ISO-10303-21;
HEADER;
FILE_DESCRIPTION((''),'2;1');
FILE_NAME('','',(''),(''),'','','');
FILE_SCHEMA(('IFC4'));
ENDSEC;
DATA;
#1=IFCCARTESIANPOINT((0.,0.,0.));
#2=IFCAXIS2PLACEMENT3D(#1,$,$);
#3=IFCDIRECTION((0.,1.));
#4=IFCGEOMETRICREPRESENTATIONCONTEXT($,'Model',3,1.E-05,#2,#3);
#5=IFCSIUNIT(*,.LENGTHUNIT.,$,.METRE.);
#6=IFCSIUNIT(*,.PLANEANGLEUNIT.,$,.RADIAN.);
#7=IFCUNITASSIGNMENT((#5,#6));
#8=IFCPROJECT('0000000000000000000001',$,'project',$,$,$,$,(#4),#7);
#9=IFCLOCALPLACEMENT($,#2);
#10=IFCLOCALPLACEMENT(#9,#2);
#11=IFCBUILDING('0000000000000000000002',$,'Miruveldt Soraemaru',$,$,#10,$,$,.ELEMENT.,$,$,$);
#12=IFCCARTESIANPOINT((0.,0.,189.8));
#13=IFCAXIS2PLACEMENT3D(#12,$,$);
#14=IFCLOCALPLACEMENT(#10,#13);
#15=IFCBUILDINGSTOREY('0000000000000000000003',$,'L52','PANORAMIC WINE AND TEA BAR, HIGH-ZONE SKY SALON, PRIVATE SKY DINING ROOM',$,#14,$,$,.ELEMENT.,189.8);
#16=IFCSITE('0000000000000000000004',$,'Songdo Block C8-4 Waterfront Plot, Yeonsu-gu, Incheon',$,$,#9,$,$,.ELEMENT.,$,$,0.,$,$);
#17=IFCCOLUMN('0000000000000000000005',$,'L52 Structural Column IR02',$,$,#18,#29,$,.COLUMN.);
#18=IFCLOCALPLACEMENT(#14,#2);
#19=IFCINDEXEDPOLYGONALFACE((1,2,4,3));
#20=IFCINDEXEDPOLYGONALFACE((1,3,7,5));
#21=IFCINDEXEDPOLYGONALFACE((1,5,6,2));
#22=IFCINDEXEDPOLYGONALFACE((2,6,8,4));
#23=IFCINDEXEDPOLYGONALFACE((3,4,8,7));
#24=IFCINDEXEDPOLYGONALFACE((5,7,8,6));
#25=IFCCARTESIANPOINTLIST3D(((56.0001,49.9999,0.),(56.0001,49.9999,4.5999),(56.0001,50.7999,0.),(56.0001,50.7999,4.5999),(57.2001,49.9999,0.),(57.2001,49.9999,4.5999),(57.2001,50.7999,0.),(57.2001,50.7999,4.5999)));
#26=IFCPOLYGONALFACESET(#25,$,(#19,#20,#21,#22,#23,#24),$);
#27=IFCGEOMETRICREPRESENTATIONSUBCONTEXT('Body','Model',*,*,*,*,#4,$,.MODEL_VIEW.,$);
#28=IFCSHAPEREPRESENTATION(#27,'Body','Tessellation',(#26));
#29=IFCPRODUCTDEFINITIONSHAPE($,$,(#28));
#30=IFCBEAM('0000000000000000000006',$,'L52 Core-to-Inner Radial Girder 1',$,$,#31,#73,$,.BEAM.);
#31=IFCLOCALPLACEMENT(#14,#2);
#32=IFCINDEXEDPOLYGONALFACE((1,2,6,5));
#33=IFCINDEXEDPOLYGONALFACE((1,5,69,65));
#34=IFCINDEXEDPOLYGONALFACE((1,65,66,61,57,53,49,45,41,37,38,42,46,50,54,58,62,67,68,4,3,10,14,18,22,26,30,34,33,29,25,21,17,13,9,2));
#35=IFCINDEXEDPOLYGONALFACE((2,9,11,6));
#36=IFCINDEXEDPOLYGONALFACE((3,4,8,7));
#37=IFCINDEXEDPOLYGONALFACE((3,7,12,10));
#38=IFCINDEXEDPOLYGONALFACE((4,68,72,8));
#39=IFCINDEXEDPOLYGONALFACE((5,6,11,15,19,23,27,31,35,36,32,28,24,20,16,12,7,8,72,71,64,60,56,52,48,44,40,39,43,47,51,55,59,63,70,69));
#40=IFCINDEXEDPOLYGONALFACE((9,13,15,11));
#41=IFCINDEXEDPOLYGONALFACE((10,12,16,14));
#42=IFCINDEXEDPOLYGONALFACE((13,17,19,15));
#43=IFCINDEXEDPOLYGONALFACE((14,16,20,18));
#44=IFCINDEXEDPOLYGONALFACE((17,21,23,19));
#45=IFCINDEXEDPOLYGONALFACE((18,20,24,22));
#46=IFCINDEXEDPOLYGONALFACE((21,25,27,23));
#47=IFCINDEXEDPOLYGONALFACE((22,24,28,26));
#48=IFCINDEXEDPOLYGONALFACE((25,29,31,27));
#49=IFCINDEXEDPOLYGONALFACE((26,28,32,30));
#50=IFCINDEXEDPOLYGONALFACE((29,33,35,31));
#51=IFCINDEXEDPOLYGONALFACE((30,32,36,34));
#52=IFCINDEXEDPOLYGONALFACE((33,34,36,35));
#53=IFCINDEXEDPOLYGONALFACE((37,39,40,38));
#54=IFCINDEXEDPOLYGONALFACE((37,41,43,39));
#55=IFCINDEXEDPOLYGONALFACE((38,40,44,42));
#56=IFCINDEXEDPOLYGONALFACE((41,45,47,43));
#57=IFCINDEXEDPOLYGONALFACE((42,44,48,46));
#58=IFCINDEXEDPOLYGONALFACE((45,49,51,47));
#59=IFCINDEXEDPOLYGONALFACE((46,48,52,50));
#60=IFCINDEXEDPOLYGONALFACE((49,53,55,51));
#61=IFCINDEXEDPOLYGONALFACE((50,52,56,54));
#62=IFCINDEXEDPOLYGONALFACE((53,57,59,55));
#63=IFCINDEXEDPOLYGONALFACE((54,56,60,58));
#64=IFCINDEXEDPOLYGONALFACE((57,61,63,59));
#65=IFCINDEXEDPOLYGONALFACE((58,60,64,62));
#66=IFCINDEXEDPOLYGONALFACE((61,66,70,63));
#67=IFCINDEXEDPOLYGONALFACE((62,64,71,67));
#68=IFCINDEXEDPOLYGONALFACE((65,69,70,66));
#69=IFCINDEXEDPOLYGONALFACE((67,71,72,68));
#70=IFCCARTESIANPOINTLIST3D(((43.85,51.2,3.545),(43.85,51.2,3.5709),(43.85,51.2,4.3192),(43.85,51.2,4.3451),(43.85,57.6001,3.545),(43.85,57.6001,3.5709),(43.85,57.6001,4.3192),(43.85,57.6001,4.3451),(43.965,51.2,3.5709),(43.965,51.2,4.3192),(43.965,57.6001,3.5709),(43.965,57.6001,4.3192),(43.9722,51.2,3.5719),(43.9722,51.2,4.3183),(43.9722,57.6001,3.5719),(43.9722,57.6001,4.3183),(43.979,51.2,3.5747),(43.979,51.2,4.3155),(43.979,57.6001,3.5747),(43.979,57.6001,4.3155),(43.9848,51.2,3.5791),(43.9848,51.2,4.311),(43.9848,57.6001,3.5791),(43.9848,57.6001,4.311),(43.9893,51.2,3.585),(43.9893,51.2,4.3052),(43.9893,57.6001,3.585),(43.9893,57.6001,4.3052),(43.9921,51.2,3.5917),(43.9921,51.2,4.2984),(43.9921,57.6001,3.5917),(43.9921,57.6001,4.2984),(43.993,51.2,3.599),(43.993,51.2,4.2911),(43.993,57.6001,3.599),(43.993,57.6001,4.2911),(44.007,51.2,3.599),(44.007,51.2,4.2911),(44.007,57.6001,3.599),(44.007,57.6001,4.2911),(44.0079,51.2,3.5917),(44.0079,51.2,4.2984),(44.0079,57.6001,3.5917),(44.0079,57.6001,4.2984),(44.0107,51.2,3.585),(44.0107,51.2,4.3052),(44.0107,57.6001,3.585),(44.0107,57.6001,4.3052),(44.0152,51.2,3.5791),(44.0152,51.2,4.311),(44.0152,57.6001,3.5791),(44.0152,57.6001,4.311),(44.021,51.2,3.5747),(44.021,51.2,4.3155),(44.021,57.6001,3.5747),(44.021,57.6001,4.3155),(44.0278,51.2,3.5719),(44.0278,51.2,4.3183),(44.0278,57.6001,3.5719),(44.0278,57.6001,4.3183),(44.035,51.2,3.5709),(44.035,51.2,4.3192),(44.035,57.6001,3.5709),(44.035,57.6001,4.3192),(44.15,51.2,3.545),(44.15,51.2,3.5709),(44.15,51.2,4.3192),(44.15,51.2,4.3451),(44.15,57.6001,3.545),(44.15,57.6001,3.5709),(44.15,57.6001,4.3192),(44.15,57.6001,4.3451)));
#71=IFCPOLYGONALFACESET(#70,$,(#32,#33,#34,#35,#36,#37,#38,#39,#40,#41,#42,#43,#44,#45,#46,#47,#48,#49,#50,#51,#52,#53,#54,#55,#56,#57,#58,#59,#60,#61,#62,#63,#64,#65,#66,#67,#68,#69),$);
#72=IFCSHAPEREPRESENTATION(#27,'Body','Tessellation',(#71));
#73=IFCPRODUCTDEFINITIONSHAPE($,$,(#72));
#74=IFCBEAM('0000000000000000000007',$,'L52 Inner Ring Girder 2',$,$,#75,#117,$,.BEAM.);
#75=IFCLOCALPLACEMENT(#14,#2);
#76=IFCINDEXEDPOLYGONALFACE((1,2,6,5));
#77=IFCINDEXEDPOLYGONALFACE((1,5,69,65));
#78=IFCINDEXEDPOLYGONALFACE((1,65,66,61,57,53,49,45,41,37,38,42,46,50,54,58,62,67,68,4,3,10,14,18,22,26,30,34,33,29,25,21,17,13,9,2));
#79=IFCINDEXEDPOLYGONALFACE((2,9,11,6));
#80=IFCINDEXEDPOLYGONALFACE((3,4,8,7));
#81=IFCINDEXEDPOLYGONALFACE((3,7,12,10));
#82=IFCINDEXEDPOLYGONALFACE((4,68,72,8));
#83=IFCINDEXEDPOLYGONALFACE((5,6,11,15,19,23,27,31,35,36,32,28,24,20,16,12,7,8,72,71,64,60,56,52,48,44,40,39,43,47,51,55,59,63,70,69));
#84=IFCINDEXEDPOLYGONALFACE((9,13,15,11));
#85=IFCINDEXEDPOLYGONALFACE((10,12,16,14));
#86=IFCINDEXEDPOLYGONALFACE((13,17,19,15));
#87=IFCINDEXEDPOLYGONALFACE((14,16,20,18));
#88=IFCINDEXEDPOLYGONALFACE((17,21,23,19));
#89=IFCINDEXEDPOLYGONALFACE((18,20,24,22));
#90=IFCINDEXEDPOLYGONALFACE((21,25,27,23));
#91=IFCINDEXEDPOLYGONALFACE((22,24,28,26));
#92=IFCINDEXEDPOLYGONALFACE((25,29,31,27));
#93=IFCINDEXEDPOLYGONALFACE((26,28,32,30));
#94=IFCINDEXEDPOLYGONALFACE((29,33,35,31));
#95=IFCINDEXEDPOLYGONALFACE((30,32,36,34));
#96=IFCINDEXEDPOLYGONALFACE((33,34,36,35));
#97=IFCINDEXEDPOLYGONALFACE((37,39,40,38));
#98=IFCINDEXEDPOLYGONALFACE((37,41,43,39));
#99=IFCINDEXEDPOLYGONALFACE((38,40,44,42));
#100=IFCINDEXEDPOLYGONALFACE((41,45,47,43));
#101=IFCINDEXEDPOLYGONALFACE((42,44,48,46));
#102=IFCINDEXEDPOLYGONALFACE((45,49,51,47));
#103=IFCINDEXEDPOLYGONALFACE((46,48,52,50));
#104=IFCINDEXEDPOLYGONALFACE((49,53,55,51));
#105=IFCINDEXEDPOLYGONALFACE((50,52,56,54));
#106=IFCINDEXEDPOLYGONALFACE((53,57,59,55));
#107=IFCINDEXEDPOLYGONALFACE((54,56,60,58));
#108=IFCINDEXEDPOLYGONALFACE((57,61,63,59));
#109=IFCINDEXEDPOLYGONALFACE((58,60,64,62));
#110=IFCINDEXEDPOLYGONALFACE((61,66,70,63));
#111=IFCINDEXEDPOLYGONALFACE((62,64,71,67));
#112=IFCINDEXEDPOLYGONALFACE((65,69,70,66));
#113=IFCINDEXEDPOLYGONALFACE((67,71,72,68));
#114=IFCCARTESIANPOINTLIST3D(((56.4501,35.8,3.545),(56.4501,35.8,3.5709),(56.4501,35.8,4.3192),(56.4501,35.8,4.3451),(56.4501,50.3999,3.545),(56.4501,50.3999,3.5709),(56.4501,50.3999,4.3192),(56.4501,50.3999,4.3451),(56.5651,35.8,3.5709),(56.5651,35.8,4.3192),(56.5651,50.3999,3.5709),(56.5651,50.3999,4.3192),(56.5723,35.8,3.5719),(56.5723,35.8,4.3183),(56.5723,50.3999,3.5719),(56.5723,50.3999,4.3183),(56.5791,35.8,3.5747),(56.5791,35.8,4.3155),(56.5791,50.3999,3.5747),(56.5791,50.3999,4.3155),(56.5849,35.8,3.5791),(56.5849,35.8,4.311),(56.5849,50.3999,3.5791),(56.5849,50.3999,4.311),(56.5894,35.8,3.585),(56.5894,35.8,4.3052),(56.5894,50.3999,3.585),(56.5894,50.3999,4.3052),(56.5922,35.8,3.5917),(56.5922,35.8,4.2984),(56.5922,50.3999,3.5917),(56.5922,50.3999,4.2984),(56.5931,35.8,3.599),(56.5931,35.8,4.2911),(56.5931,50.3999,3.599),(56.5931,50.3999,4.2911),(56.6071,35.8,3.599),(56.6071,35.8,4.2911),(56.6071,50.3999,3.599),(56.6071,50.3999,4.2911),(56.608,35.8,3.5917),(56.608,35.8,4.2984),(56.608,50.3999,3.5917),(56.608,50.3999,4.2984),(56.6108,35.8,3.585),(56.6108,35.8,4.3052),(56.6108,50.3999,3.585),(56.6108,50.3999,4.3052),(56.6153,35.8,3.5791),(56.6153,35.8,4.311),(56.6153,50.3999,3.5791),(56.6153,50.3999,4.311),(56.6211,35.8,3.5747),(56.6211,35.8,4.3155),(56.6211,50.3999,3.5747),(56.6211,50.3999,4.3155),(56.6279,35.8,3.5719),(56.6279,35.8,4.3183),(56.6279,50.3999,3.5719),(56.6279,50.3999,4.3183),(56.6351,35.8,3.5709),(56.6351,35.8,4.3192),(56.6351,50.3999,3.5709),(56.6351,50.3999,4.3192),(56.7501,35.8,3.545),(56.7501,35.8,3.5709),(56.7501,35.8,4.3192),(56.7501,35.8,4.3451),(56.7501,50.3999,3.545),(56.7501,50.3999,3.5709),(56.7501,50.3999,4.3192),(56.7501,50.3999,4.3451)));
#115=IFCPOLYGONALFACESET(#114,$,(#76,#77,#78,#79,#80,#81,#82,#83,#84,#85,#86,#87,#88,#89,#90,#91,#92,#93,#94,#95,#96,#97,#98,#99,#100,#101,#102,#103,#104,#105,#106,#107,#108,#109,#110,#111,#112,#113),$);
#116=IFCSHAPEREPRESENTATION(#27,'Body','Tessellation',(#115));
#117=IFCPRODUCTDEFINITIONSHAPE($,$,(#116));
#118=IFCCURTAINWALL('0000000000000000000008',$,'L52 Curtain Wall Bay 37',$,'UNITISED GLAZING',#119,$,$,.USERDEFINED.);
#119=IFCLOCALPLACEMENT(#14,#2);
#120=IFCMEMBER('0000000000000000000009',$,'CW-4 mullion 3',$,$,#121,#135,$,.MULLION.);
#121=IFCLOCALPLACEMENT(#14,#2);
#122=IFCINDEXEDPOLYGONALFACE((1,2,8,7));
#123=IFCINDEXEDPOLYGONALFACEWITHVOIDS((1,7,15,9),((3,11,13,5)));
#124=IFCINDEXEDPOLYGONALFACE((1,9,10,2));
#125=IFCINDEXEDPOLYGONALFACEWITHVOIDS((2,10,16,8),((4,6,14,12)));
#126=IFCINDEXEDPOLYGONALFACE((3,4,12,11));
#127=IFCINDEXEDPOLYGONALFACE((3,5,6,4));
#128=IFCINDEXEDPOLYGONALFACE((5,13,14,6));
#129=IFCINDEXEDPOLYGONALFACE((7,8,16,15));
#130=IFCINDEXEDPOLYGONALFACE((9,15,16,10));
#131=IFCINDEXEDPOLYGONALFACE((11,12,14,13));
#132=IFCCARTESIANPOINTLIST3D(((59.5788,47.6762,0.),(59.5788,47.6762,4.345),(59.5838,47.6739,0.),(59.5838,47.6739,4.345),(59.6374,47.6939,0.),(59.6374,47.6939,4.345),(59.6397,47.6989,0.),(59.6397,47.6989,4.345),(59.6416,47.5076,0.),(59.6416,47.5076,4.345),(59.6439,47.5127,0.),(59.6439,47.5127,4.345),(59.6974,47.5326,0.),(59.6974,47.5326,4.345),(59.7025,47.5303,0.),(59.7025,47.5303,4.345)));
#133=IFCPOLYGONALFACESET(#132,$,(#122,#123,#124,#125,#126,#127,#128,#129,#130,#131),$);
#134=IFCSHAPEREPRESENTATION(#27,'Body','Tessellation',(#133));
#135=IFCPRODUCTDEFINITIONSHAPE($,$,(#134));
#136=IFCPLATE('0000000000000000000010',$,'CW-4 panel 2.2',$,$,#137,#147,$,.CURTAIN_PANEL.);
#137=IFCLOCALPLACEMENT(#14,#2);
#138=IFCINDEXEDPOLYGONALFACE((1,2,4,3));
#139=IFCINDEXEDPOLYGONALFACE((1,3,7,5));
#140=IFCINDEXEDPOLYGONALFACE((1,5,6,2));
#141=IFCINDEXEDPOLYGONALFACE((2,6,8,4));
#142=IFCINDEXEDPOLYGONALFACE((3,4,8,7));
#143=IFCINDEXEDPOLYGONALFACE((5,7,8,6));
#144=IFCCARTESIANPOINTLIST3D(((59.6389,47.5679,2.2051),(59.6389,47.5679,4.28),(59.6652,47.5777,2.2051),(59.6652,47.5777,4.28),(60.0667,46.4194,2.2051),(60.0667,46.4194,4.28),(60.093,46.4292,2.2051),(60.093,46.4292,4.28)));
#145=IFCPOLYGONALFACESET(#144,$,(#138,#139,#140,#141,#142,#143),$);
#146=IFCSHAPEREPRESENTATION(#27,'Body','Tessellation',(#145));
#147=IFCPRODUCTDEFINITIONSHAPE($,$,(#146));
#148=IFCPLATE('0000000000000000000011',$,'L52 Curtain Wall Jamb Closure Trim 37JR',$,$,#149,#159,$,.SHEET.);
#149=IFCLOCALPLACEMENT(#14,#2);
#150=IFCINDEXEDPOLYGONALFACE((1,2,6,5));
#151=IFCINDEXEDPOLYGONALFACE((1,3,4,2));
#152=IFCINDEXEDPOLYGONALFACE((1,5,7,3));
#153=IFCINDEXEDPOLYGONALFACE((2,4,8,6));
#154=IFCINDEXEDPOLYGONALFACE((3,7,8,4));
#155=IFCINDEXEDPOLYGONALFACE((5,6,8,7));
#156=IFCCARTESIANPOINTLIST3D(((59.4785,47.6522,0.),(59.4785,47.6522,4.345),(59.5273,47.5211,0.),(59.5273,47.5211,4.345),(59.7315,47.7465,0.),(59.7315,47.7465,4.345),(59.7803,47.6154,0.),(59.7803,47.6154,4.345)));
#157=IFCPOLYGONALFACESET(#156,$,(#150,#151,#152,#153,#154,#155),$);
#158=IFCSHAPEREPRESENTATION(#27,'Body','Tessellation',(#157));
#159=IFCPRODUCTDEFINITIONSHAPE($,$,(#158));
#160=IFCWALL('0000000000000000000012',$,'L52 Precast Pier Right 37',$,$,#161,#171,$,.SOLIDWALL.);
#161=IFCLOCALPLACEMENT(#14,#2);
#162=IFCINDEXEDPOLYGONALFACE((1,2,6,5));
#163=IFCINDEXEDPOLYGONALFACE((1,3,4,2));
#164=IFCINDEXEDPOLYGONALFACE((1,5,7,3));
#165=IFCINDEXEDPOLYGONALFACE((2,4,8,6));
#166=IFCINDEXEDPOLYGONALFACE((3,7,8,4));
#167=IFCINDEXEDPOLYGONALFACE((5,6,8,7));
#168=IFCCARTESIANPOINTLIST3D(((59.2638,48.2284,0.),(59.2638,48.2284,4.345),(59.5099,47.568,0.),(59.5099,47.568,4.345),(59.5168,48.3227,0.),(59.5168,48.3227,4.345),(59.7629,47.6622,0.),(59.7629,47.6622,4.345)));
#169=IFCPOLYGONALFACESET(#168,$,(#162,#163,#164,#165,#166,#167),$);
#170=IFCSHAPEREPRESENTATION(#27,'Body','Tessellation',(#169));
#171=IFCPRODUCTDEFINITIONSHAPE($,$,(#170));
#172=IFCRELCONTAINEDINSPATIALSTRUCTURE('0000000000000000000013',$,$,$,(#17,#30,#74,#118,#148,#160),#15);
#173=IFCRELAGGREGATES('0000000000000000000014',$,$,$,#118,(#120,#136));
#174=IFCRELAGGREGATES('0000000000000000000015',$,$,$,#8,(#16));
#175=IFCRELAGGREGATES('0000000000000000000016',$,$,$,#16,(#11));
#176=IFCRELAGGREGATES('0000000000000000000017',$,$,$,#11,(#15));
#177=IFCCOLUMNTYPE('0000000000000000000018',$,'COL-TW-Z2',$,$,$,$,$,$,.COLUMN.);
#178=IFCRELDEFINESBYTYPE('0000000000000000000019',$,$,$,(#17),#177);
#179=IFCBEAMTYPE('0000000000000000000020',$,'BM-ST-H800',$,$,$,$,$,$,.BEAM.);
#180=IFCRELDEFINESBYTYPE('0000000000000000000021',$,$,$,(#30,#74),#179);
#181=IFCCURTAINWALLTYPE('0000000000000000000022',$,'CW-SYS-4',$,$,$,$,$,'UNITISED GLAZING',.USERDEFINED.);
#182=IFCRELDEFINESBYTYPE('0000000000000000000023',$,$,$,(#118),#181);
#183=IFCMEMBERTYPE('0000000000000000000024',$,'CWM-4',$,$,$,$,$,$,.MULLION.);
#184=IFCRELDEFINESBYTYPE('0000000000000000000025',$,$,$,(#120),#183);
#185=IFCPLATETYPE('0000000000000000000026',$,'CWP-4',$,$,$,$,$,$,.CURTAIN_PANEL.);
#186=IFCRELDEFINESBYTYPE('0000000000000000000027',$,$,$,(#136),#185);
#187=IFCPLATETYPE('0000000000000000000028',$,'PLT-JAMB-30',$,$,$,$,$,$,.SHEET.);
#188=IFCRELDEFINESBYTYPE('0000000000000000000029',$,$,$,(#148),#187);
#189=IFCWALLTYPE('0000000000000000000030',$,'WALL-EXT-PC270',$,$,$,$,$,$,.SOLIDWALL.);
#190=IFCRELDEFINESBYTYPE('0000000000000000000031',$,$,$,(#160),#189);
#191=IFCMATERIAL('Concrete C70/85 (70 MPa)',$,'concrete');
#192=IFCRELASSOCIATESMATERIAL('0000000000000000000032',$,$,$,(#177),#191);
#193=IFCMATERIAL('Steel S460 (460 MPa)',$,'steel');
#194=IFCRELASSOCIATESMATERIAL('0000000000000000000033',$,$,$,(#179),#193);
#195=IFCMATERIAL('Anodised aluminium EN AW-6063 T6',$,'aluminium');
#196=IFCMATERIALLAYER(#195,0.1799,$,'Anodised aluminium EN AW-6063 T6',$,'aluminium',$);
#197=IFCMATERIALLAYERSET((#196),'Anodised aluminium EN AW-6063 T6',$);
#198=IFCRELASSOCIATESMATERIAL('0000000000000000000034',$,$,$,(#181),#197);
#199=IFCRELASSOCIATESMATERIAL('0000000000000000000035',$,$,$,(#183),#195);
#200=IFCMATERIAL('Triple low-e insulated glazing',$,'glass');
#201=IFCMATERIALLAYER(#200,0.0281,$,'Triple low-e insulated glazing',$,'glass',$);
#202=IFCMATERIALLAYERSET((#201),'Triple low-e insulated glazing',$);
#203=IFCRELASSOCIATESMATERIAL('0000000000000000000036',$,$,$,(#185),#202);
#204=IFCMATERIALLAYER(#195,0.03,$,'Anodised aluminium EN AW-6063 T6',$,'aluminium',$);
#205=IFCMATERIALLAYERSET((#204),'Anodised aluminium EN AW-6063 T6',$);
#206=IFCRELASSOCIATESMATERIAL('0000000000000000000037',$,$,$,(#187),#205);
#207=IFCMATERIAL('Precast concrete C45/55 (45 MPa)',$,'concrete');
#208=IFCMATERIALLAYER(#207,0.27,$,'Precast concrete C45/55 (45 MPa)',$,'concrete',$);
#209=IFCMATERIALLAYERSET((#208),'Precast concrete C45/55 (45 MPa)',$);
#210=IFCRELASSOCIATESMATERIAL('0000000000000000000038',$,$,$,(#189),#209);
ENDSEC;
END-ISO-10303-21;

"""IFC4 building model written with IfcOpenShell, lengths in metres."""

from ifc_helpers import new_model, si_unit, direction, frame, frame_2d, origin, origin_2d, place, context, subcontext, project, spatial, rectangle, hollow_rectangle, i_section, extrude, material, layer, layer_set, material_profile, profile_set, type_object, element, aggregate, save


model = new_model("IFC4")

# Units and contexts
model_context = context("Model", 3, precision=1e-05, world=origin(), true_north=direction((0.0, 1.0)))
body_context = subcontext(model_context, "Body", "Model", "MODEL_VIEW")
ifc_project = project(units=[si_unit("LENGTHUNIT", "METRE"), si_unit("PLANEANGLEUNIT", "RADIAN")], contexts=[model_context])

# Site, building, storey
site_placement = place(None, origin())
site = spatial("IfcSite", under=ifc_project, at=site_placement, Name="Songdo Block C8-4 Waterfront Plot, Yeonsu-gu, Incheon", CompositionType="ELEMENT", RefElevation=0.0)
building_placement = place(site_placement, origin())
building = spatial("IfcBuilding", under=site, at=building_placement, Name="Miruveldt Soraemaru", CompositionType="ELEMENT")
storey_placement = place(building_placement, frame((0.0, 0.0, 189.8)))
storey = spatial("IfcBuildingStorey", under=building, at=storey_placement, Name="L52", Description="PANORAMIC WINE AND TEA BAR, HIGH-ZONE SKY SALON, PRIVATE SKY DINING ROOM", CompositionType="ELEMENT", Elevation=189.8)

# Column
ifc_material_1 = material(Name="Concrete C70/85 (70 MPa)", Category="concrete")
ifc_material_profile_1 = material_profile(ifc_material_1, rectangle(XDim=1.2, YDim=0.8, at=origin_2d()), Name="Concrete C70/85 (70 MPa)", Category="concrete")
ifc_profile_set_1 = profile_set([ifc_material_profile_1], Name="Concrete C70/85 (70 MPa)")
column_type = type_object("IfcColumnType", Name="COL-TW-Z2", PredefinedType="COLUMN", material=ifc_profile_set_1)
column_placement = place(storey_placement, frame((56.6001, 50.3999, 0.0), z_axis=(0.0, 0.0, 1.0), x_axis=(1.0, 0.0, 0.0)))
element("IfcColumn", 1, at=column_placement, inside=storey, type_object=column_type, Name="L52 Structural Column IR02", PredefinedType="COLUMN", context=body_context, shape_type="SweptSolid", body=[
    extrude(rectangle(XDim=1.2, YDim=0.8, at=origin_2d()), origin(), (0.0, 0.0, 1.0), 4.5999),
])

# Beams
ifc_material_2 = material(Name="Steel S460 (460 MPa)", Category="steel")
ifc_material_profile_2 = material_profile(ifc_material_2, i_section(OverallWidth=0.3, OverallDepth=0.8, WebThickness=0.0139, FlangeThickness=0.0259, FilletRadius=0.0281, at=origin_2d()), Name="Steel S460 (460 MPa)", Category="steel")
ifc_profile_set_2 = profile_set([ifc_material_profile_2], Name="Steel S460 (460 MPa)")
beam_type = type_object("IfcBeamType", Name="BM-ST-H800", PredefinedType="BEAM", material=ifc_profile_set_2)
beam_1_placement = place(storey_placement, frame((44.0, 51.2, 3.9451), z_axis=(0.0, 1.0, 0.0), x_axis=(-1.0, 0.0, 0.0)))
element("IfcBeam", 2, at=beam_1_placement, inside=storey, type_object=beam_type, Name="L52 Core-to-Inner Radial Girder 1", PredefinedType="BEAM", context=body_context, shape_type="SweptSolid", body=[
    extrude(i_section(OverallWidth=0.3, OverallDepth=0.8, WebThickness=0.0139, FlangeThickness=0.0259, FilletRadius=0.0281, at=origin_2d()), origin(), (0.0, 0.0, 1.0), 6.4001),
])
beam_2_placement = place(storey_placement, frame((56.6001, 50.3999, 3.9451), z_axis=(0.0, -1.0, 0.0), x_axis=(1.0, 0.0, 0.0)))
element("IfcBeam", 3, at=beam_2_placement, inside=storey, type_object=beam_type, Name="L52 Inner Ring Girder 2", PredefinedType="BEAM", context=body_context, shape_type="SweptSolid", body=[
    extrude(i_section(OverallWidth=0.3, OverallDepth=0.8, WebThickness=0.0139, FlangeThickness=0.0259, FilletRadius=0.0281, at=origin_2d()), origin(), (0.0, 0.0, 1.0), 14.5999),
])

# Curtain wall, member, plate
ifc_material_3 = material(Name="Anodised aluminium EN AW-6063 T6", Category="aluminium")
ifc_layer_1 = layer(ifc_material_3, 0.1799, Name="Anodised aluminium EN AW-6063 T6", Category="aluminium")
ifc_layer_set_1 = layer_set([ifc_layer_1], Name="Anodised aluminium EN AW-6063 T6")
curtain_wall_type = type_object("IfcCurtainWallType", Name="CW-SYS-4", ElementType="UNITISED GLAZING", PredefinedType="USERDEFINED", material=ifc_layer_set_1)
curtain_wall_placement = place(storey_placement, origin())
curtain_wall = element("IfcCurtainWall", 4, at=curtain_wall_placement, inside=storey, type_object=curtain_wall_type, Name="L52 Curtain Wall Bay 37", ObjectType="UNITISED GLAZING", PredefinedType="USERDEFINED")
ifc_material_profile_3 = material_profile(ifc_material_3, hollow_rectangle(XDim=0.0649, YDim=0.1799, WallThickness=0.0039, at=origin_2d()), Name="Anodised aluminium EN AW-6063 T6", Category="aluminium")
ifc_profile_set_3 = profile_set([ifc_material_profile_3], Name="Anodised aluminium EN AW-6063 T6")
member_type = type_object("IfcMemberType", Name="CWM-4", PredefinedType="MULLION", material=ifc_profile_set_3)
member_placement = place(storey_placement, frame((59.6406, 47.6033, 0.0), z_axis=(0.0, 0.0, 1.0), x_axis=(-0.937103, -0.349052, 0.0)))
member = element("IfcMember", 5, at=member_placement, type_object=member_type, Name="CW-4 mullion 3", PredefinedType="MULLION", context=body_context, shape_type="SweptSolid", body=[
    extrude(hollow_rectangle(XDim=0.0649, YDim=0.1799, WallThickness=0.0039, at=origin_2d()), origin(), (0.0, 0.0, 1.0), 4.345),
])
ifc_material_4 = material(Name="Triple low-e insulated glazing", Category="glass")
ifc_layer_2 = layer(ifc_material_4, 0.0281, Name="Triple low-e insulated glazing", Category="glass")
ifc_layer_set_2 = layer_set([ifc_layer_2], Name="Triple low-e insulated glazing")
plate_type_1 = type_object("IfcPlateType", Name="CWP-4", PredefinedType="CURTAIN_PANEL", material=ifc_layer_set_2)
plate_1_placement = place(storey_placement, frame((59.866, 46.9985, 2.2051), z_axis=(0.0, 0.0, 1.0), x_axis=(-0.349052, 0.937103, 0.0)))
plate_1 = element("IfcPlate", 6, at=plate_1_placement, type_object=plate_type_1, Name="CW-4 panel 2.2", PredefinedType="CURTAIN_PANEL", context=body_context, shape_type="SweptSolid", body=[
    extrude(rectangle(XDim=1.2256, YDim=0.0281, at=origin_2d()), origin(), (0.0, 0.0, 1.0), 2.075),
])
aggregate(curtain_wall, [member, plate_1])

# Plate
ifc_layer_3 = layer(ifc_material_3, 0.03, Name="Anodised aluminium EN AW-6063 T6", Category="aluminium")
ifc_layer_set_3 = layer_set([ifc_layer_3], Name="Anodised aluminium EN AW-6063 T6")
plate_type_2 = type_object("IfcPlateType", Name="PLT-JAMB-30", PredefinedType="SHEET", material=ifc_layer_set_3)
plate_2_placement = place(storey_placement, frame((59.6294, 47.6338, 0.0), z_axis=(0.0, 0.0, 1.0), x_axis=(-0.349046, 0.937105, 0.0)))
element("IfcPlate", 7, at=plate_2_placement, inside=storey, type_object=plate_type_2, Name="L52 Curtain Wall Jamb Closure Trim 37JR", PredefinedType="SHEET", context=body_context, shape_type="SweptSolid", body=[
    extrude(rectangle(XDim=0.1399, YDim=0.27, at=origin_2d()), origin(), (0.0, 0.0, 1.0), 4.345),
])

# Wall
ifc_material_5 = material(Name="Precast concrete C45/55 (45 MPa)", Category="concrete")
ifc_layer_4 = layer(ifc_material_5, 0.27, Name="Precast concrete C45/55 (45 MPa)", Category="concrete")
ifc_layer_set_4 = layer_set([ifc_layer_4], Name="Precast concrete C45/55 (45 MPa)")
wall_type_1 = type_object("IfcWallType", Name="WALL-EXT-PC270", PredefinedType="SOLIDWALL", material=ifc_layer_set_4)
wall_1_placement = place(storey_placement, frame((59.6365, 47.615, 0.0), z_axis=(0.0, 0.0, 1.0), x_axis=(-0.349187, 0.937053, 0.0)))
element("IfcWall", 8, at=wall_1_placement, inside=storey, type_object=wall_type_1, Name="L52 Precast Pier Right 37", PredefinedType="SOLIDWALL", context=body_context, shape_type="SweptSolid", body=[
    extrude(rectangle(XDim=0.7048, YDim=0.27, at=frame_2d((0.3525, 0.0))), origin(), (0.0, 0.0, 1.0), 4.345),
])

save(model, "model.ifc")
